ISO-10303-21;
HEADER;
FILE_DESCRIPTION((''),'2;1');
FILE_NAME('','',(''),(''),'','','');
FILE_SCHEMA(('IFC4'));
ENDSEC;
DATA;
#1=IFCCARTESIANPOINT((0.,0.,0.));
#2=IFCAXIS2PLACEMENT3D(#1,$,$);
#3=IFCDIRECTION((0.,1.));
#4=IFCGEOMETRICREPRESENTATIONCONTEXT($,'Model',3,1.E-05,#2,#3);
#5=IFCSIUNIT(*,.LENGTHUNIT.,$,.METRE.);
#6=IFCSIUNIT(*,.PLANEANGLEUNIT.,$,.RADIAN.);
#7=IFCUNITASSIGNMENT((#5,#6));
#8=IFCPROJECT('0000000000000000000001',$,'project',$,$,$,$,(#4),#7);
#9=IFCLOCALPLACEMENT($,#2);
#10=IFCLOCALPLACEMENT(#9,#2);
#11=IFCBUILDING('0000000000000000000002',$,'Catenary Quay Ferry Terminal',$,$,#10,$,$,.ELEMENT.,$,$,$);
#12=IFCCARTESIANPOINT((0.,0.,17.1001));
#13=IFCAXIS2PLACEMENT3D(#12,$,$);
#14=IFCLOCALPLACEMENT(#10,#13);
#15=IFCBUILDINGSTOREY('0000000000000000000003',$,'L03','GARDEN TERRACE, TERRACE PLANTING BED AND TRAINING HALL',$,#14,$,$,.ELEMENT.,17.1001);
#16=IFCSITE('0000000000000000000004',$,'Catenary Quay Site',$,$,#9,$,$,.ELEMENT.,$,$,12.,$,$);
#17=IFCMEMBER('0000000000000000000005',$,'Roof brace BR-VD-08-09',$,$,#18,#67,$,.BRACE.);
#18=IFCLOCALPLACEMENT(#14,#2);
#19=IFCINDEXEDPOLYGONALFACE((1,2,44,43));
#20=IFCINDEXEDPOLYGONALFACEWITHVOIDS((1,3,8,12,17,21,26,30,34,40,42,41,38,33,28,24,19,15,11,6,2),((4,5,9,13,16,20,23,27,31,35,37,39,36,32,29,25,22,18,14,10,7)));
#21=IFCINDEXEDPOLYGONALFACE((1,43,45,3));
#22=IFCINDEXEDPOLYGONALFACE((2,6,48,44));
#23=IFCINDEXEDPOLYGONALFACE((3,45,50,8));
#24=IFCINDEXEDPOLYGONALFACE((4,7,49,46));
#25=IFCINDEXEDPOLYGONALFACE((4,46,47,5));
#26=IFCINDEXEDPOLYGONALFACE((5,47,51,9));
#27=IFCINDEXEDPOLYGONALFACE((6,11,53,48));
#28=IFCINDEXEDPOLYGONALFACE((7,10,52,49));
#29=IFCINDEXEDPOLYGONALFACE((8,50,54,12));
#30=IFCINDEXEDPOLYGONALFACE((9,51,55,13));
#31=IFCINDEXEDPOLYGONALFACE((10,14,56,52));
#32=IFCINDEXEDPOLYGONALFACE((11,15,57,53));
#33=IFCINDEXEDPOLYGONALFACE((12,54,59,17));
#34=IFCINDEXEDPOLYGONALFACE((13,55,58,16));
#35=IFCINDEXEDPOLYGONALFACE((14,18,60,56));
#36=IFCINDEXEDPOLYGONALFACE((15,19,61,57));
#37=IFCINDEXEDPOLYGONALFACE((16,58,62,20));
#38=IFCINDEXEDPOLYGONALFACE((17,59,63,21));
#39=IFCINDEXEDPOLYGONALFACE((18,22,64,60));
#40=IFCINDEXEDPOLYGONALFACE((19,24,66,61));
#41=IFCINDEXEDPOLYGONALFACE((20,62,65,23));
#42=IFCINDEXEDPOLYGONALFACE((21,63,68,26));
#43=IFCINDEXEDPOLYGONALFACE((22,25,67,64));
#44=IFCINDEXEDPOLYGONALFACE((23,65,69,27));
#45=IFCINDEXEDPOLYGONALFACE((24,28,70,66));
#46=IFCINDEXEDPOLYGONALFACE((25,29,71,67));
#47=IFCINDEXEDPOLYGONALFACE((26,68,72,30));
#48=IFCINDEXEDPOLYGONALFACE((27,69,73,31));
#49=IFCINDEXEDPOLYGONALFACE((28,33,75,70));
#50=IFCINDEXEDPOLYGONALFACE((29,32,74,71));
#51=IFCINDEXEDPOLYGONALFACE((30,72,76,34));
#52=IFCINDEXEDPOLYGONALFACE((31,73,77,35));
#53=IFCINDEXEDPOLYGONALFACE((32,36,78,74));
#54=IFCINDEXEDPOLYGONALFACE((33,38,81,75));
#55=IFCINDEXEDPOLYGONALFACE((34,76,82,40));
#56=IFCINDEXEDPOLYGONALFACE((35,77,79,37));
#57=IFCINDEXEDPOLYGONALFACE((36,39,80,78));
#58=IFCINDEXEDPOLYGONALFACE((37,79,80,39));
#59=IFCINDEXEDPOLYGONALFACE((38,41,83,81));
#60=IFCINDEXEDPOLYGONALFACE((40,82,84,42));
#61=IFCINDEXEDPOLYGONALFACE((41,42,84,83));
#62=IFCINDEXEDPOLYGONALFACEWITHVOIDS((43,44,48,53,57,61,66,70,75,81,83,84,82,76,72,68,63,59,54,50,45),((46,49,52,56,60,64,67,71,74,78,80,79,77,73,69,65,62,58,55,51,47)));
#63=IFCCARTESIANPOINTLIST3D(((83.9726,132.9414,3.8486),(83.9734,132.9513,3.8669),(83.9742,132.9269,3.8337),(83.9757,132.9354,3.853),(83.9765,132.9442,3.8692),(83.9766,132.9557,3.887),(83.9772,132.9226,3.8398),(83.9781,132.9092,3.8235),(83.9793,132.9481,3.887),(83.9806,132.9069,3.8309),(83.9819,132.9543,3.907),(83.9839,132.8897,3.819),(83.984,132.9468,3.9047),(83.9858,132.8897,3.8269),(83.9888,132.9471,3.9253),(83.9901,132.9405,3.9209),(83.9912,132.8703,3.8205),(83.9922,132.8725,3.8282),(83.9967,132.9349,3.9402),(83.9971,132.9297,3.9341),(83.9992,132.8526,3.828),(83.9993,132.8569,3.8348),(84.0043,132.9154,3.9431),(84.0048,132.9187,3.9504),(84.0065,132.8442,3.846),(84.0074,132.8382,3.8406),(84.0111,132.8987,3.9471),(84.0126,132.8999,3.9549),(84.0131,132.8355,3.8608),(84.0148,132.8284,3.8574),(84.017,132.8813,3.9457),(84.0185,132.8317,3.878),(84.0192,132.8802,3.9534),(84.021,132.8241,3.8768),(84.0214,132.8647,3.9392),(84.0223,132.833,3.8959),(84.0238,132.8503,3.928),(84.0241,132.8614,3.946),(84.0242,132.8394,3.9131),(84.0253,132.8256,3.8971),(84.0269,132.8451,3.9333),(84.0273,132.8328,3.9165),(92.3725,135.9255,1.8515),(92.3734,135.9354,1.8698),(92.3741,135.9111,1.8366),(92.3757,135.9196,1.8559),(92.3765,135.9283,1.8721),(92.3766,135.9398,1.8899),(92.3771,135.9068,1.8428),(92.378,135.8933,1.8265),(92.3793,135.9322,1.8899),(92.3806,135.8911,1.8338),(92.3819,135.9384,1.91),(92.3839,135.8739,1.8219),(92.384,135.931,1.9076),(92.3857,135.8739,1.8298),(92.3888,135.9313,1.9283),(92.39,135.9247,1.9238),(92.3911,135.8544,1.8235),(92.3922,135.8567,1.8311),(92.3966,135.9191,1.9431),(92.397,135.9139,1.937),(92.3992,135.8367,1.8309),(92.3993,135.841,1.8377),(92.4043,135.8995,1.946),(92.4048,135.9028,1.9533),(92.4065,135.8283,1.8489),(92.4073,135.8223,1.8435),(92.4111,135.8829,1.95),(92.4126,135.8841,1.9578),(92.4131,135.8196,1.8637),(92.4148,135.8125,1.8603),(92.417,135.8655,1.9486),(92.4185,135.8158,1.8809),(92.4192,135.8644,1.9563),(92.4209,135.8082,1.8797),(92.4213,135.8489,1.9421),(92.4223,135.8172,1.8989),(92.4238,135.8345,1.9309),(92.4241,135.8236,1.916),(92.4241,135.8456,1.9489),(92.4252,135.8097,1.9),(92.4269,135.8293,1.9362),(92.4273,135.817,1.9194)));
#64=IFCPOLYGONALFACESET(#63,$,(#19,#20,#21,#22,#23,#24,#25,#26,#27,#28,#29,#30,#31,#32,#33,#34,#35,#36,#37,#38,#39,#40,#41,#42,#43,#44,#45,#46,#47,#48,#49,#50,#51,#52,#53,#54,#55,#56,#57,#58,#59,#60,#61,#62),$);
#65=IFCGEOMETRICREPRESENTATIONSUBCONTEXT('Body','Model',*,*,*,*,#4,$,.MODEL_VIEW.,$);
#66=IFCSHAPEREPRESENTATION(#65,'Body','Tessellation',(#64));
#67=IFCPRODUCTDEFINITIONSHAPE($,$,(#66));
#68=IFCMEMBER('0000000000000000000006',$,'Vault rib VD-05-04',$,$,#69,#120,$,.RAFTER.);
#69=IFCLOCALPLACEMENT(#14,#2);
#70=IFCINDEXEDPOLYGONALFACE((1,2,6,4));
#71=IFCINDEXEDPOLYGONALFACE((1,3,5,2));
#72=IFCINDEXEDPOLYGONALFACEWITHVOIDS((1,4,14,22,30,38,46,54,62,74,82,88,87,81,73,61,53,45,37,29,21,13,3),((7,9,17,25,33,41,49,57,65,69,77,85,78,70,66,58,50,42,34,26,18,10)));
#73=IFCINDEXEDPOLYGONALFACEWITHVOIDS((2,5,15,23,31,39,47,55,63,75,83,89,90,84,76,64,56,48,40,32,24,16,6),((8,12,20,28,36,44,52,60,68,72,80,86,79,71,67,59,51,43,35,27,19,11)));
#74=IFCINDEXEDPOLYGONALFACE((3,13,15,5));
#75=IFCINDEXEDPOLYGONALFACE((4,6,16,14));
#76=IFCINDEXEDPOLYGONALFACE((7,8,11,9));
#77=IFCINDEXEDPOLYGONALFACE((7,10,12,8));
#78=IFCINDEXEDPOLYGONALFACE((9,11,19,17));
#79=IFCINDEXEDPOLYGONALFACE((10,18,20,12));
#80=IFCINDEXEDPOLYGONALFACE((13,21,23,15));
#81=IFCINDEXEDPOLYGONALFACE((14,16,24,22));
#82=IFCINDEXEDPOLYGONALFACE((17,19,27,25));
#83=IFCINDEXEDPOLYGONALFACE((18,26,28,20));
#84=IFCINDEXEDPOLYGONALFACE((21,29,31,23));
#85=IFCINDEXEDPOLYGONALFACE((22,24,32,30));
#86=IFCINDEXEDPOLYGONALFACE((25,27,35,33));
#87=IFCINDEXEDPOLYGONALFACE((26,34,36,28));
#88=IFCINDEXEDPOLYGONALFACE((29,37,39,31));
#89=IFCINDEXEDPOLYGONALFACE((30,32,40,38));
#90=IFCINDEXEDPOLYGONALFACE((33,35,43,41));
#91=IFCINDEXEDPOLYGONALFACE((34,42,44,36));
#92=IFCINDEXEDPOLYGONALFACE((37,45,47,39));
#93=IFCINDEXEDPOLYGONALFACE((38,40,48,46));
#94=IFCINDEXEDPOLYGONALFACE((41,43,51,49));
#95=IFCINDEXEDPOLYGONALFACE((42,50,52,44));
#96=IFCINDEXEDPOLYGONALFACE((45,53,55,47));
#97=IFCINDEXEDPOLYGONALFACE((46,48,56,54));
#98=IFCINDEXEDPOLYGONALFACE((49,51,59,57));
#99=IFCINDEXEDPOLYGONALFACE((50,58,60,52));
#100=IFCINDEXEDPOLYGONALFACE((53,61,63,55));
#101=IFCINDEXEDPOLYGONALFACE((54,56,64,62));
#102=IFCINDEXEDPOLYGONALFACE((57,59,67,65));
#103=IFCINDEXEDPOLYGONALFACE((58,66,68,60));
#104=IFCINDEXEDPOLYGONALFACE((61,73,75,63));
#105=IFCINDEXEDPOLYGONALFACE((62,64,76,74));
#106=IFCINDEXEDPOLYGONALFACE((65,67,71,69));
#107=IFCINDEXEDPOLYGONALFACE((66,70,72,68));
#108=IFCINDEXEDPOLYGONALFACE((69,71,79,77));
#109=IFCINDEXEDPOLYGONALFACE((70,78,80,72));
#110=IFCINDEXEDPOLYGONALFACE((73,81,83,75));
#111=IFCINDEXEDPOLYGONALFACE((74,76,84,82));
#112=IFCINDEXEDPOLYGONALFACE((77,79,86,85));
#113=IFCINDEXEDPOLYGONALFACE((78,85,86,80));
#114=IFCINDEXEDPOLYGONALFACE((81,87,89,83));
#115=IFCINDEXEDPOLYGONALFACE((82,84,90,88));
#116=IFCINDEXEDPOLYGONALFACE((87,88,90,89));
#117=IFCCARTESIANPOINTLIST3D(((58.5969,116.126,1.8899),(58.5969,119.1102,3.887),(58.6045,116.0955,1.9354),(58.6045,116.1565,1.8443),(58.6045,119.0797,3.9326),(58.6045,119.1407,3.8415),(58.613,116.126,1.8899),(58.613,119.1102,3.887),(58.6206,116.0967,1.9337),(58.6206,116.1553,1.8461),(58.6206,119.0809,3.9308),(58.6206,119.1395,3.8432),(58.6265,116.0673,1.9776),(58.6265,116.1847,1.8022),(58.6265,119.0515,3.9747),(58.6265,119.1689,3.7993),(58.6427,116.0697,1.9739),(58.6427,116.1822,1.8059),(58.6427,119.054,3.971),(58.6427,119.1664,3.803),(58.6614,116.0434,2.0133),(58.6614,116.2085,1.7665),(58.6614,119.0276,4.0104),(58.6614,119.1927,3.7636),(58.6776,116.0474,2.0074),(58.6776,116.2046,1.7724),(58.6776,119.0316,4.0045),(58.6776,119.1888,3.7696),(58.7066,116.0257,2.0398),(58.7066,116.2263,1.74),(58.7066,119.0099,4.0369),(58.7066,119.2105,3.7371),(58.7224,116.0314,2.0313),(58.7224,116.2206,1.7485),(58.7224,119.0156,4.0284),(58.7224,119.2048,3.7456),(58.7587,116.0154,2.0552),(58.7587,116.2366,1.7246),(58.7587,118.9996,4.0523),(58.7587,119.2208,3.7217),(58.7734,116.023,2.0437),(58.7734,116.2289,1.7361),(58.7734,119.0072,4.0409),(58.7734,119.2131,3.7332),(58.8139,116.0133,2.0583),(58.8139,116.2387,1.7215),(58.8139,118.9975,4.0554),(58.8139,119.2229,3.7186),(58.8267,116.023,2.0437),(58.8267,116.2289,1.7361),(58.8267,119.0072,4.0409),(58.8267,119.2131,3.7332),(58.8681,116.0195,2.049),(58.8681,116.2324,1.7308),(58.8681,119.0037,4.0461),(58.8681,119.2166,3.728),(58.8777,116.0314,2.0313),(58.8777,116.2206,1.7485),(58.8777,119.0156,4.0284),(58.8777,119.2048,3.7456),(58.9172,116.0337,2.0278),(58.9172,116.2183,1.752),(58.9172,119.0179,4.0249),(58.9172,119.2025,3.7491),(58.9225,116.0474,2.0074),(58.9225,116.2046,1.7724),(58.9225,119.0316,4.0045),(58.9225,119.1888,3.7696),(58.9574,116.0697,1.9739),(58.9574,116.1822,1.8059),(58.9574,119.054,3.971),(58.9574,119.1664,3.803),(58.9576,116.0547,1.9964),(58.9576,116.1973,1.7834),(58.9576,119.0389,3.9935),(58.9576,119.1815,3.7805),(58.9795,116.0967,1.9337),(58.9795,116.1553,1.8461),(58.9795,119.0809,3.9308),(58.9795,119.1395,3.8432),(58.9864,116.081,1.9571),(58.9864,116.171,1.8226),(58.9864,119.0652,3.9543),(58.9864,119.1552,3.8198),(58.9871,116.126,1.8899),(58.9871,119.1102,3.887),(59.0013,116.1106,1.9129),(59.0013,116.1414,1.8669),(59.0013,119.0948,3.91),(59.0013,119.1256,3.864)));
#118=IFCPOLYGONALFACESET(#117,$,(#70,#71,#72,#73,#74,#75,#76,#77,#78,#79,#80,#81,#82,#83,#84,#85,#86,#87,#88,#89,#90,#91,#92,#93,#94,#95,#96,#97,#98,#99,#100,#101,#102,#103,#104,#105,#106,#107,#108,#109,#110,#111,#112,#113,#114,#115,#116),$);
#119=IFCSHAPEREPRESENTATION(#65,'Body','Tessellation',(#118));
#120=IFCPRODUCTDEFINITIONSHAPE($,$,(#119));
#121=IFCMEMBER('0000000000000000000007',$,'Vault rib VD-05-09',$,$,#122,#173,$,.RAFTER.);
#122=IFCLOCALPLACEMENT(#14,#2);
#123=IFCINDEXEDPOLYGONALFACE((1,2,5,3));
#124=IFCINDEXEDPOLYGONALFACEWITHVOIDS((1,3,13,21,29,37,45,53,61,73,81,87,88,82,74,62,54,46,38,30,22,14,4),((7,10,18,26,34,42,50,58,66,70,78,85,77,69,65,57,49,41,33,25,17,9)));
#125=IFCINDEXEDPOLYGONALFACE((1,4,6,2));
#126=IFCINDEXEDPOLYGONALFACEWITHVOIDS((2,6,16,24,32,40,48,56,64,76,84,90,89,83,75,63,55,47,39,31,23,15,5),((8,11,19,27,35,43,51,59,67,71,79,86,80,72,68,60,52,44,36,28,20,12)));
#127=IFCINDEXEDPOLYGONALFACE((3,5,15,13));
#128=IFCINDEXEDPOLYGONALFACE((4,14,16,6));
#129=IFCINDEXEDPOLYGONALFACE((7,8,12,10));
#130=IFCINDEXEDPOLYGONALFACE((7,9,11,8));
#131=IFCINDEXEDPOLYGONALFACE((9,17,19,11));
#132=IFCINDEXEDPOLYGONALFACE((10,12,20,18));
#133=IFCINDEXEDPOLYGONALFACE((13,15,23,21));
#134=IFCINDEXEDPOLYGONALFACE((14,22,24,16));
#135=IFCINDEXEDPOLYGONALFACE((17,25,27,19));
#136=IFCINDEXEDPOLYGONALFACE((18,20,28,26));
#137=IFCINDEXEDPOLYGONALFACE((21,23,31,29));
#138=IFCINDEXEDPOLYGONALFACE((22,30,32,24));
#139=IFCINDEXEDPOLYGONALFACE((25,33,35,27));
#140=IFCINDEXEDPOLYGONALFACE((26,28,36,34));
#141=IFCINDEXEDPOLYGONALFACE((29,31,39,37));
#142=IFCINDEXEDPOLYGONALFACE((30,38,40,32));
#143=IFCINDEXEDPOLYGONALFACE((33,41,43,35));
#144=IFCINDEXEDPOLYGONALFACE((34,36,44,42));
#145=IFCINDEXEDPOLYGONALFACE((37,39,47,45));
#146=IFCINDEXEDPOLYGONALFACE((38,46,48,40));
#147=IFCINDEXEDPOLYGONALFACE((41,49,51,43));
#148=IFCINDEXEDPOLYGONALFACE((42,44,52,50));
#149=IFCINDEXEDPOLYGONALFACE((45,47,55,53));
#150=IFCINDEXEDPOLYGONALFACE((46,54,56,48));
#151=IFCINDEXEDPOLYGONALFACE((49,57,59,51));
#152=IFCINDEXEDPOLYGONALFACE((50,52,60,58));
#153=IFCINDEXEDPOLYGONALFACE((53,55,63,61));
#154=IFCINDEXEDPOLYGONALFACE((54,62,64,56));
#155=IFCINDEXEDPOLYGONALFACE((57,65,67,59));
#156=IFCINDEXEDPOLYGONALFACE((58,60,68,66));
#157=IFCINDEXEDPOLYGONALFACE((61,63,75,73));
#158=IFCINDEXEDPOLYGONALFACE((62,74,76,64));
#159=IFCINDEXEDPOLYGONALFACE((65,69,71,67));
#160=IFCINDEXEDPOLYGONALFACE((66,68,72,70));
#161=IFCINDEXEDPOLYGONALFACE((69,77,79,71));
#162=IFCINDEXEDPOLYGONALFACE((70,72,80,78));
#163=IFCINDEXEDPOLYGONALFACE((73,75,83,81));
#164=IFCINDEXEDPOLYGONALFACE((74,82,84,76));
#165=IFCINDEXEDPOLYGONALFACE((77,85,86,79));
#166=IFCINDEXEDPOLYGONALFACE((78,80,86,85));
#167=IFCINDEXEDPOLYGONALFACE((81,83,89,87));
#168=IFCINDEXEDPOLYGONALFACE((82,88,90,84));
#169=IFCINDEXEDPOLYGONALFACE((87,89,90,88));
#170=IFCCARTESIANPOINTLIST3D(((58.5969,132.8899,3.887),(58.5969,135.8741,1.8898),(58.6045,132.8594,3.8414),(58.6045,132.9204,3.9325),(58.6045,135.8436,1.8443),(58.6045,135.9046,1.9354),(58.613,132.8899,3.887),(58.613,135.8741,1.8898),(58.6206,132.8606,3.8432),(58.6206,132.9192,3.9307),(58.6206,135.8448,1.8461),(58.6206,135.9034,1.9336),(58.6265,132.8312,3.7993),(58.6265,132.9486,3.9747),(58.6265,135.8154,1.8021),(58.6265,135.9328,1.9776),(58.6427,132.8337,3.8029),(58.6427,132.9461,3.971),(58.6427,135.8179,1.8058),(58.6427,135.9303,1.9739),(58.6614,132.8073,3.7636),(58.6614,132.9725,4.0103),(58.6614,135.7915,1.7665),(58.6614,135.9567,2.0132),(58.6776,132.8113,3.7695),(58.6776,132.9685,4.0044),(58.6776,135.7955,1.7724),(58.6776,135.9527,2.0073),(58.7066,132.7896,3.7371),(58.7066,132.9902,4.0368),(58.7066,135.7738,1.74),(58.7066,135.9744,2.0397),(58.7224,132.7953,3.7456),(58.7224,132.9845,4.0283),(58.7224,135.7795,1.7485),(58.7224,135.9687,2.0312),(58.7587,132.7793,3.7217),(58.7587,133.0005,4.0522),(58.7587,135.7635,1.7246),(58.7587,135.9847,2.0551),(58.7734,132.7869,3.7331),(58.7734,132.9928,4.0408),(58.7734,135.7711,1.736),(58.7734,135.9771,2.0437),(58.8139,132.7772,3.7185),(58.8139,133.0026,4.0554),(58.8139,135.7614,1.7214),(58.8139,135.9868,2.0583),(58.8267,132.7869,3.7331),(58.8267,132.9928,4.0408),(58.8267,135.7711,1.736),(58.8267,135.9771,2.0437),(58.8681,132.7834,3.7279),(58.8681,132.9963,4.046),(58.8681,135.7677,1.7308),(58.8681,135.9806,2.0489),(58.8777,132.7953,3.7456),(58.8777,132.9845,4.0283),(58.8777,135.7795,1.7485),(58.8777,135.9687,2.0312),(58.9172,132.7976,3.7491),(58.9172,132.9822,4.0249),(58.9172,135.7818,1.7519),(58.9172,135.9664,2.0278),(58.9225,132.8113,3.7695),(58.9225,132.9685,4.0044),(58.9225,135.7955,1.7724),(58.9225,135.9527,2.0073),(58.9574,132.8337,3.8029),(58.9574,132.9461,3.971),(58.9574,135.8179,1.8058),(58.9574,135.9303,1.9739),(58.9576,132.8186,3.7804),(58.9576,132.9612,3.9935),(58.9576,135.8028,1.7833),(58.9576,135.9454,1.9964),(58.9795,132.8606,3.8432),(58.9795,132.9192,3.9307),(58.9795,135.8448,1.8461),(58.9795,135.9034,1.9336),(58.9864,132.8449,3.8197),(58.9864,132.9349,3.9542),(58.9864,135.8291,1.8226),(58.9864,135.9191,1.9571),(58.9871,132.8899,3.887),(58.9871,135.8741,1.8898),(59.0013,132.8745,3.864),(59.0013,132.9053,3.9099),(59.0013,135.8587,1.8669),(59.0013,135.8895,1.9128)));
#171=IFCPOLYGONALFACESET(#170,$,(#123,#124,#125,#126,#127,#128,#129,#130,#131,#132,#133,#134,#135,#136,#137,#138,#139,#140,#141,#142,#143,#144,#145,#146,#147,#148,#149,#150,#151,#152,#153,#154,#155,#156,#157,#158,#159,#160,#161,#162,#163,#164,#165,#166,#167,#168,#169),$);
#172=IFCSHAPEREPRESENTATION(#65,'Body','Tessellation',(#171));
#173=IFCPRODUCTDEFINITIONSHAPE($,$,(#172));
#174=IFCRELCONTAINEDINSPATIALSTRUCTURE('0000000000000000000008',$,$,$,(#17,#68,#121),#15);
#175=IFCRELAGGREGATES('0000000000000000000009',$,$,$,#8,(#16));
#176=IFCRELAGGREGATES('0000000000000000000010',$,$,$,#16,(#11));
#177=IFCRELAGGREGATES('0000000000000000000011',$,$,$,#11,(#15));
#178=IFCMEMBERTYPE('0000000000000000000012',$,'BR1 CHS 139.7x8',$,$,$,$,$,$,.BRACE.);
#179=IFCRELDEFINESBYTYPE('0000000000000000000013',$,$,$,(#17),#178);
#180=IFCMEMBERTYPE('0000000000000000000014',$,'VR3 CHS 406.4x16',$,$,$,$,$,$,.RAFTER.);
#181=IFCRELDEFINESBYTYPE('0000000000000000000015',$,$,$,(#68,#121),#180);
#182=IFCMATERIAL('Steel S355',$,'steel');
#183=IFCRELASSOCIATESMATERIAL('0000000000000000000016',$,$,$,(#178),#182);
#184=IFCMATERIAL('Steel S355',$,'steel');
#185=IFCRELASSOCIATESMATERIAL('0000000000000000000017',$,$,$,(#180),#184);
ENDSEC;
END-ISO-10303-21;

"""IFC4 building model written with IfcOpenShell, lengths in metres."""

from ifc_helpers import new_model, si_unit, direction, frame, origin, origin_2d, place, context, subcontext, project, spatial, hollow_circle, extrude, material, material_profile, profile_set, type_object, element, save


model = new_model("IFC4")

# Units and contexts
model_context = context("Model", 3, precision=1e-05, world=origin(), true_north=direction((0.0, 1.0)))
body_context = subcontext(model_context, "Body", "Model", "MODEL_VIEW")
ifc_project = project(units=[si_unit("LENGTHUNIT", "METRE"), si_unit("PLANEANGLEUNIT", "RADIAN")], contexts=[model_context])

# Site, building, storey
site_placement = place(None, origin())
site = spatial("IfcSite", under=ifc_project, at=site_placement, Name="Catenary Quay Site", CompositionType="ELEMENT", RefElevation=12.0)
building_placement = place(site_placement, origin())
building = spatial("IfcBuilding", under=site, at=building_placement, Name="Catenary Quay Ferry Terminal", CompositionType="ELEMENT")
storey_placement = place(building_placement, frame((0.0, 0.0, 17.1001)))
storey = spatial("IfcBuildingStorey", under=building, at=storey_placement, Name="L03", Description="GARDEN TERRACE, TERRACE PLANTING BED AND TRAINING HALL", CompositionType="ELEMENT", Elevation=17.1001)

# Members
ifc_material_1 = material(Name="Steel S355", Category="steel")
ifc_material_profile_1 = material_profile(ifc_material_1, hollow_circle(Radius=0.0698, WallThickness=0.0081, at=origin_2d()), Name="CHS 139.7x8")
ifc_profile_set_1 = profile_set([ifc_material_profile_1], Name="Steel S355")
member_type_1 = type_object("IfcMemberType", Name="BR1 CHS 139.7x8", PredefinedType="BRACE", material=ifc_profile_set_1)
for number, where, z_axis, x_axis, name in (
    (1, (84.0, 132.8899, 3.887), (0.91951, 0.326663, -0.218613), (-0.334761, 0.942303, 0.0), "Roof brace BR-VD-08-09"),
):
    element("IfcMember", number, at=place(storey_placement, frame(where, z_axis=z_axis, x_axis=x_axis)), inside=storey, type_object=member_type_1, Name=name, PredefinedType="BRACE", context=body_context, shape_type="SweptSolid", body=[
        extrude(hollow_circle(Radius=0.0698, WallThickness=0.0081, at=origin_2d()), origin(), (0.0, 0.0, 1.0), 9.1353),
    ])
ifc_material_2 = material(Name="Steel S355", Category="steel")
ifc_material_profile_2 = material_profile(ifc_material_2, hollow_circle(Radius=0.2031, WallThickness=0.0161, at=origin_2d()), Name="CHS 406.4x16")
ifc_profile_set_2 = profile_set([ifc_material_profile_2], Name="Steel S355")
member_type_2 = type_object("IfcMemberType", Name="VR3 CHS 406.4x16", PredefinedType="RAFTER", material=ifc_profile_set_2)
for number, where, z_axis, x_axis, name in (
    (2, (58.8, 116.126, 1.8899), (0.0, 0.831066, 0.556174), (-1.0, 0.0, 0.0), "Vault rib VD-05-04"),
    (3, (58.8, 132.8899, 3.887), (0.0, 0.831066, -0.556174), (-1.0, 0.0, 0.0), "Vault rib VD-05-09"),
):
    element("IfcMember", number, at=place(storey_placement, frame(where, z_axis=z_axis, x_axis=x_axis)), inside=storey, type_object=member_type_2, Name=name, PredefinedType="RAFTER", context=body_context, shape_type="SweptSolid", body=[
        extrude(hollow_circle(Radius=0.2031, WallThickness=0.0161, at=origin_2d()), origin(), (0.0, 0.0, 1.0), 3.5908),
    ])

save(model, "model.ifc")
